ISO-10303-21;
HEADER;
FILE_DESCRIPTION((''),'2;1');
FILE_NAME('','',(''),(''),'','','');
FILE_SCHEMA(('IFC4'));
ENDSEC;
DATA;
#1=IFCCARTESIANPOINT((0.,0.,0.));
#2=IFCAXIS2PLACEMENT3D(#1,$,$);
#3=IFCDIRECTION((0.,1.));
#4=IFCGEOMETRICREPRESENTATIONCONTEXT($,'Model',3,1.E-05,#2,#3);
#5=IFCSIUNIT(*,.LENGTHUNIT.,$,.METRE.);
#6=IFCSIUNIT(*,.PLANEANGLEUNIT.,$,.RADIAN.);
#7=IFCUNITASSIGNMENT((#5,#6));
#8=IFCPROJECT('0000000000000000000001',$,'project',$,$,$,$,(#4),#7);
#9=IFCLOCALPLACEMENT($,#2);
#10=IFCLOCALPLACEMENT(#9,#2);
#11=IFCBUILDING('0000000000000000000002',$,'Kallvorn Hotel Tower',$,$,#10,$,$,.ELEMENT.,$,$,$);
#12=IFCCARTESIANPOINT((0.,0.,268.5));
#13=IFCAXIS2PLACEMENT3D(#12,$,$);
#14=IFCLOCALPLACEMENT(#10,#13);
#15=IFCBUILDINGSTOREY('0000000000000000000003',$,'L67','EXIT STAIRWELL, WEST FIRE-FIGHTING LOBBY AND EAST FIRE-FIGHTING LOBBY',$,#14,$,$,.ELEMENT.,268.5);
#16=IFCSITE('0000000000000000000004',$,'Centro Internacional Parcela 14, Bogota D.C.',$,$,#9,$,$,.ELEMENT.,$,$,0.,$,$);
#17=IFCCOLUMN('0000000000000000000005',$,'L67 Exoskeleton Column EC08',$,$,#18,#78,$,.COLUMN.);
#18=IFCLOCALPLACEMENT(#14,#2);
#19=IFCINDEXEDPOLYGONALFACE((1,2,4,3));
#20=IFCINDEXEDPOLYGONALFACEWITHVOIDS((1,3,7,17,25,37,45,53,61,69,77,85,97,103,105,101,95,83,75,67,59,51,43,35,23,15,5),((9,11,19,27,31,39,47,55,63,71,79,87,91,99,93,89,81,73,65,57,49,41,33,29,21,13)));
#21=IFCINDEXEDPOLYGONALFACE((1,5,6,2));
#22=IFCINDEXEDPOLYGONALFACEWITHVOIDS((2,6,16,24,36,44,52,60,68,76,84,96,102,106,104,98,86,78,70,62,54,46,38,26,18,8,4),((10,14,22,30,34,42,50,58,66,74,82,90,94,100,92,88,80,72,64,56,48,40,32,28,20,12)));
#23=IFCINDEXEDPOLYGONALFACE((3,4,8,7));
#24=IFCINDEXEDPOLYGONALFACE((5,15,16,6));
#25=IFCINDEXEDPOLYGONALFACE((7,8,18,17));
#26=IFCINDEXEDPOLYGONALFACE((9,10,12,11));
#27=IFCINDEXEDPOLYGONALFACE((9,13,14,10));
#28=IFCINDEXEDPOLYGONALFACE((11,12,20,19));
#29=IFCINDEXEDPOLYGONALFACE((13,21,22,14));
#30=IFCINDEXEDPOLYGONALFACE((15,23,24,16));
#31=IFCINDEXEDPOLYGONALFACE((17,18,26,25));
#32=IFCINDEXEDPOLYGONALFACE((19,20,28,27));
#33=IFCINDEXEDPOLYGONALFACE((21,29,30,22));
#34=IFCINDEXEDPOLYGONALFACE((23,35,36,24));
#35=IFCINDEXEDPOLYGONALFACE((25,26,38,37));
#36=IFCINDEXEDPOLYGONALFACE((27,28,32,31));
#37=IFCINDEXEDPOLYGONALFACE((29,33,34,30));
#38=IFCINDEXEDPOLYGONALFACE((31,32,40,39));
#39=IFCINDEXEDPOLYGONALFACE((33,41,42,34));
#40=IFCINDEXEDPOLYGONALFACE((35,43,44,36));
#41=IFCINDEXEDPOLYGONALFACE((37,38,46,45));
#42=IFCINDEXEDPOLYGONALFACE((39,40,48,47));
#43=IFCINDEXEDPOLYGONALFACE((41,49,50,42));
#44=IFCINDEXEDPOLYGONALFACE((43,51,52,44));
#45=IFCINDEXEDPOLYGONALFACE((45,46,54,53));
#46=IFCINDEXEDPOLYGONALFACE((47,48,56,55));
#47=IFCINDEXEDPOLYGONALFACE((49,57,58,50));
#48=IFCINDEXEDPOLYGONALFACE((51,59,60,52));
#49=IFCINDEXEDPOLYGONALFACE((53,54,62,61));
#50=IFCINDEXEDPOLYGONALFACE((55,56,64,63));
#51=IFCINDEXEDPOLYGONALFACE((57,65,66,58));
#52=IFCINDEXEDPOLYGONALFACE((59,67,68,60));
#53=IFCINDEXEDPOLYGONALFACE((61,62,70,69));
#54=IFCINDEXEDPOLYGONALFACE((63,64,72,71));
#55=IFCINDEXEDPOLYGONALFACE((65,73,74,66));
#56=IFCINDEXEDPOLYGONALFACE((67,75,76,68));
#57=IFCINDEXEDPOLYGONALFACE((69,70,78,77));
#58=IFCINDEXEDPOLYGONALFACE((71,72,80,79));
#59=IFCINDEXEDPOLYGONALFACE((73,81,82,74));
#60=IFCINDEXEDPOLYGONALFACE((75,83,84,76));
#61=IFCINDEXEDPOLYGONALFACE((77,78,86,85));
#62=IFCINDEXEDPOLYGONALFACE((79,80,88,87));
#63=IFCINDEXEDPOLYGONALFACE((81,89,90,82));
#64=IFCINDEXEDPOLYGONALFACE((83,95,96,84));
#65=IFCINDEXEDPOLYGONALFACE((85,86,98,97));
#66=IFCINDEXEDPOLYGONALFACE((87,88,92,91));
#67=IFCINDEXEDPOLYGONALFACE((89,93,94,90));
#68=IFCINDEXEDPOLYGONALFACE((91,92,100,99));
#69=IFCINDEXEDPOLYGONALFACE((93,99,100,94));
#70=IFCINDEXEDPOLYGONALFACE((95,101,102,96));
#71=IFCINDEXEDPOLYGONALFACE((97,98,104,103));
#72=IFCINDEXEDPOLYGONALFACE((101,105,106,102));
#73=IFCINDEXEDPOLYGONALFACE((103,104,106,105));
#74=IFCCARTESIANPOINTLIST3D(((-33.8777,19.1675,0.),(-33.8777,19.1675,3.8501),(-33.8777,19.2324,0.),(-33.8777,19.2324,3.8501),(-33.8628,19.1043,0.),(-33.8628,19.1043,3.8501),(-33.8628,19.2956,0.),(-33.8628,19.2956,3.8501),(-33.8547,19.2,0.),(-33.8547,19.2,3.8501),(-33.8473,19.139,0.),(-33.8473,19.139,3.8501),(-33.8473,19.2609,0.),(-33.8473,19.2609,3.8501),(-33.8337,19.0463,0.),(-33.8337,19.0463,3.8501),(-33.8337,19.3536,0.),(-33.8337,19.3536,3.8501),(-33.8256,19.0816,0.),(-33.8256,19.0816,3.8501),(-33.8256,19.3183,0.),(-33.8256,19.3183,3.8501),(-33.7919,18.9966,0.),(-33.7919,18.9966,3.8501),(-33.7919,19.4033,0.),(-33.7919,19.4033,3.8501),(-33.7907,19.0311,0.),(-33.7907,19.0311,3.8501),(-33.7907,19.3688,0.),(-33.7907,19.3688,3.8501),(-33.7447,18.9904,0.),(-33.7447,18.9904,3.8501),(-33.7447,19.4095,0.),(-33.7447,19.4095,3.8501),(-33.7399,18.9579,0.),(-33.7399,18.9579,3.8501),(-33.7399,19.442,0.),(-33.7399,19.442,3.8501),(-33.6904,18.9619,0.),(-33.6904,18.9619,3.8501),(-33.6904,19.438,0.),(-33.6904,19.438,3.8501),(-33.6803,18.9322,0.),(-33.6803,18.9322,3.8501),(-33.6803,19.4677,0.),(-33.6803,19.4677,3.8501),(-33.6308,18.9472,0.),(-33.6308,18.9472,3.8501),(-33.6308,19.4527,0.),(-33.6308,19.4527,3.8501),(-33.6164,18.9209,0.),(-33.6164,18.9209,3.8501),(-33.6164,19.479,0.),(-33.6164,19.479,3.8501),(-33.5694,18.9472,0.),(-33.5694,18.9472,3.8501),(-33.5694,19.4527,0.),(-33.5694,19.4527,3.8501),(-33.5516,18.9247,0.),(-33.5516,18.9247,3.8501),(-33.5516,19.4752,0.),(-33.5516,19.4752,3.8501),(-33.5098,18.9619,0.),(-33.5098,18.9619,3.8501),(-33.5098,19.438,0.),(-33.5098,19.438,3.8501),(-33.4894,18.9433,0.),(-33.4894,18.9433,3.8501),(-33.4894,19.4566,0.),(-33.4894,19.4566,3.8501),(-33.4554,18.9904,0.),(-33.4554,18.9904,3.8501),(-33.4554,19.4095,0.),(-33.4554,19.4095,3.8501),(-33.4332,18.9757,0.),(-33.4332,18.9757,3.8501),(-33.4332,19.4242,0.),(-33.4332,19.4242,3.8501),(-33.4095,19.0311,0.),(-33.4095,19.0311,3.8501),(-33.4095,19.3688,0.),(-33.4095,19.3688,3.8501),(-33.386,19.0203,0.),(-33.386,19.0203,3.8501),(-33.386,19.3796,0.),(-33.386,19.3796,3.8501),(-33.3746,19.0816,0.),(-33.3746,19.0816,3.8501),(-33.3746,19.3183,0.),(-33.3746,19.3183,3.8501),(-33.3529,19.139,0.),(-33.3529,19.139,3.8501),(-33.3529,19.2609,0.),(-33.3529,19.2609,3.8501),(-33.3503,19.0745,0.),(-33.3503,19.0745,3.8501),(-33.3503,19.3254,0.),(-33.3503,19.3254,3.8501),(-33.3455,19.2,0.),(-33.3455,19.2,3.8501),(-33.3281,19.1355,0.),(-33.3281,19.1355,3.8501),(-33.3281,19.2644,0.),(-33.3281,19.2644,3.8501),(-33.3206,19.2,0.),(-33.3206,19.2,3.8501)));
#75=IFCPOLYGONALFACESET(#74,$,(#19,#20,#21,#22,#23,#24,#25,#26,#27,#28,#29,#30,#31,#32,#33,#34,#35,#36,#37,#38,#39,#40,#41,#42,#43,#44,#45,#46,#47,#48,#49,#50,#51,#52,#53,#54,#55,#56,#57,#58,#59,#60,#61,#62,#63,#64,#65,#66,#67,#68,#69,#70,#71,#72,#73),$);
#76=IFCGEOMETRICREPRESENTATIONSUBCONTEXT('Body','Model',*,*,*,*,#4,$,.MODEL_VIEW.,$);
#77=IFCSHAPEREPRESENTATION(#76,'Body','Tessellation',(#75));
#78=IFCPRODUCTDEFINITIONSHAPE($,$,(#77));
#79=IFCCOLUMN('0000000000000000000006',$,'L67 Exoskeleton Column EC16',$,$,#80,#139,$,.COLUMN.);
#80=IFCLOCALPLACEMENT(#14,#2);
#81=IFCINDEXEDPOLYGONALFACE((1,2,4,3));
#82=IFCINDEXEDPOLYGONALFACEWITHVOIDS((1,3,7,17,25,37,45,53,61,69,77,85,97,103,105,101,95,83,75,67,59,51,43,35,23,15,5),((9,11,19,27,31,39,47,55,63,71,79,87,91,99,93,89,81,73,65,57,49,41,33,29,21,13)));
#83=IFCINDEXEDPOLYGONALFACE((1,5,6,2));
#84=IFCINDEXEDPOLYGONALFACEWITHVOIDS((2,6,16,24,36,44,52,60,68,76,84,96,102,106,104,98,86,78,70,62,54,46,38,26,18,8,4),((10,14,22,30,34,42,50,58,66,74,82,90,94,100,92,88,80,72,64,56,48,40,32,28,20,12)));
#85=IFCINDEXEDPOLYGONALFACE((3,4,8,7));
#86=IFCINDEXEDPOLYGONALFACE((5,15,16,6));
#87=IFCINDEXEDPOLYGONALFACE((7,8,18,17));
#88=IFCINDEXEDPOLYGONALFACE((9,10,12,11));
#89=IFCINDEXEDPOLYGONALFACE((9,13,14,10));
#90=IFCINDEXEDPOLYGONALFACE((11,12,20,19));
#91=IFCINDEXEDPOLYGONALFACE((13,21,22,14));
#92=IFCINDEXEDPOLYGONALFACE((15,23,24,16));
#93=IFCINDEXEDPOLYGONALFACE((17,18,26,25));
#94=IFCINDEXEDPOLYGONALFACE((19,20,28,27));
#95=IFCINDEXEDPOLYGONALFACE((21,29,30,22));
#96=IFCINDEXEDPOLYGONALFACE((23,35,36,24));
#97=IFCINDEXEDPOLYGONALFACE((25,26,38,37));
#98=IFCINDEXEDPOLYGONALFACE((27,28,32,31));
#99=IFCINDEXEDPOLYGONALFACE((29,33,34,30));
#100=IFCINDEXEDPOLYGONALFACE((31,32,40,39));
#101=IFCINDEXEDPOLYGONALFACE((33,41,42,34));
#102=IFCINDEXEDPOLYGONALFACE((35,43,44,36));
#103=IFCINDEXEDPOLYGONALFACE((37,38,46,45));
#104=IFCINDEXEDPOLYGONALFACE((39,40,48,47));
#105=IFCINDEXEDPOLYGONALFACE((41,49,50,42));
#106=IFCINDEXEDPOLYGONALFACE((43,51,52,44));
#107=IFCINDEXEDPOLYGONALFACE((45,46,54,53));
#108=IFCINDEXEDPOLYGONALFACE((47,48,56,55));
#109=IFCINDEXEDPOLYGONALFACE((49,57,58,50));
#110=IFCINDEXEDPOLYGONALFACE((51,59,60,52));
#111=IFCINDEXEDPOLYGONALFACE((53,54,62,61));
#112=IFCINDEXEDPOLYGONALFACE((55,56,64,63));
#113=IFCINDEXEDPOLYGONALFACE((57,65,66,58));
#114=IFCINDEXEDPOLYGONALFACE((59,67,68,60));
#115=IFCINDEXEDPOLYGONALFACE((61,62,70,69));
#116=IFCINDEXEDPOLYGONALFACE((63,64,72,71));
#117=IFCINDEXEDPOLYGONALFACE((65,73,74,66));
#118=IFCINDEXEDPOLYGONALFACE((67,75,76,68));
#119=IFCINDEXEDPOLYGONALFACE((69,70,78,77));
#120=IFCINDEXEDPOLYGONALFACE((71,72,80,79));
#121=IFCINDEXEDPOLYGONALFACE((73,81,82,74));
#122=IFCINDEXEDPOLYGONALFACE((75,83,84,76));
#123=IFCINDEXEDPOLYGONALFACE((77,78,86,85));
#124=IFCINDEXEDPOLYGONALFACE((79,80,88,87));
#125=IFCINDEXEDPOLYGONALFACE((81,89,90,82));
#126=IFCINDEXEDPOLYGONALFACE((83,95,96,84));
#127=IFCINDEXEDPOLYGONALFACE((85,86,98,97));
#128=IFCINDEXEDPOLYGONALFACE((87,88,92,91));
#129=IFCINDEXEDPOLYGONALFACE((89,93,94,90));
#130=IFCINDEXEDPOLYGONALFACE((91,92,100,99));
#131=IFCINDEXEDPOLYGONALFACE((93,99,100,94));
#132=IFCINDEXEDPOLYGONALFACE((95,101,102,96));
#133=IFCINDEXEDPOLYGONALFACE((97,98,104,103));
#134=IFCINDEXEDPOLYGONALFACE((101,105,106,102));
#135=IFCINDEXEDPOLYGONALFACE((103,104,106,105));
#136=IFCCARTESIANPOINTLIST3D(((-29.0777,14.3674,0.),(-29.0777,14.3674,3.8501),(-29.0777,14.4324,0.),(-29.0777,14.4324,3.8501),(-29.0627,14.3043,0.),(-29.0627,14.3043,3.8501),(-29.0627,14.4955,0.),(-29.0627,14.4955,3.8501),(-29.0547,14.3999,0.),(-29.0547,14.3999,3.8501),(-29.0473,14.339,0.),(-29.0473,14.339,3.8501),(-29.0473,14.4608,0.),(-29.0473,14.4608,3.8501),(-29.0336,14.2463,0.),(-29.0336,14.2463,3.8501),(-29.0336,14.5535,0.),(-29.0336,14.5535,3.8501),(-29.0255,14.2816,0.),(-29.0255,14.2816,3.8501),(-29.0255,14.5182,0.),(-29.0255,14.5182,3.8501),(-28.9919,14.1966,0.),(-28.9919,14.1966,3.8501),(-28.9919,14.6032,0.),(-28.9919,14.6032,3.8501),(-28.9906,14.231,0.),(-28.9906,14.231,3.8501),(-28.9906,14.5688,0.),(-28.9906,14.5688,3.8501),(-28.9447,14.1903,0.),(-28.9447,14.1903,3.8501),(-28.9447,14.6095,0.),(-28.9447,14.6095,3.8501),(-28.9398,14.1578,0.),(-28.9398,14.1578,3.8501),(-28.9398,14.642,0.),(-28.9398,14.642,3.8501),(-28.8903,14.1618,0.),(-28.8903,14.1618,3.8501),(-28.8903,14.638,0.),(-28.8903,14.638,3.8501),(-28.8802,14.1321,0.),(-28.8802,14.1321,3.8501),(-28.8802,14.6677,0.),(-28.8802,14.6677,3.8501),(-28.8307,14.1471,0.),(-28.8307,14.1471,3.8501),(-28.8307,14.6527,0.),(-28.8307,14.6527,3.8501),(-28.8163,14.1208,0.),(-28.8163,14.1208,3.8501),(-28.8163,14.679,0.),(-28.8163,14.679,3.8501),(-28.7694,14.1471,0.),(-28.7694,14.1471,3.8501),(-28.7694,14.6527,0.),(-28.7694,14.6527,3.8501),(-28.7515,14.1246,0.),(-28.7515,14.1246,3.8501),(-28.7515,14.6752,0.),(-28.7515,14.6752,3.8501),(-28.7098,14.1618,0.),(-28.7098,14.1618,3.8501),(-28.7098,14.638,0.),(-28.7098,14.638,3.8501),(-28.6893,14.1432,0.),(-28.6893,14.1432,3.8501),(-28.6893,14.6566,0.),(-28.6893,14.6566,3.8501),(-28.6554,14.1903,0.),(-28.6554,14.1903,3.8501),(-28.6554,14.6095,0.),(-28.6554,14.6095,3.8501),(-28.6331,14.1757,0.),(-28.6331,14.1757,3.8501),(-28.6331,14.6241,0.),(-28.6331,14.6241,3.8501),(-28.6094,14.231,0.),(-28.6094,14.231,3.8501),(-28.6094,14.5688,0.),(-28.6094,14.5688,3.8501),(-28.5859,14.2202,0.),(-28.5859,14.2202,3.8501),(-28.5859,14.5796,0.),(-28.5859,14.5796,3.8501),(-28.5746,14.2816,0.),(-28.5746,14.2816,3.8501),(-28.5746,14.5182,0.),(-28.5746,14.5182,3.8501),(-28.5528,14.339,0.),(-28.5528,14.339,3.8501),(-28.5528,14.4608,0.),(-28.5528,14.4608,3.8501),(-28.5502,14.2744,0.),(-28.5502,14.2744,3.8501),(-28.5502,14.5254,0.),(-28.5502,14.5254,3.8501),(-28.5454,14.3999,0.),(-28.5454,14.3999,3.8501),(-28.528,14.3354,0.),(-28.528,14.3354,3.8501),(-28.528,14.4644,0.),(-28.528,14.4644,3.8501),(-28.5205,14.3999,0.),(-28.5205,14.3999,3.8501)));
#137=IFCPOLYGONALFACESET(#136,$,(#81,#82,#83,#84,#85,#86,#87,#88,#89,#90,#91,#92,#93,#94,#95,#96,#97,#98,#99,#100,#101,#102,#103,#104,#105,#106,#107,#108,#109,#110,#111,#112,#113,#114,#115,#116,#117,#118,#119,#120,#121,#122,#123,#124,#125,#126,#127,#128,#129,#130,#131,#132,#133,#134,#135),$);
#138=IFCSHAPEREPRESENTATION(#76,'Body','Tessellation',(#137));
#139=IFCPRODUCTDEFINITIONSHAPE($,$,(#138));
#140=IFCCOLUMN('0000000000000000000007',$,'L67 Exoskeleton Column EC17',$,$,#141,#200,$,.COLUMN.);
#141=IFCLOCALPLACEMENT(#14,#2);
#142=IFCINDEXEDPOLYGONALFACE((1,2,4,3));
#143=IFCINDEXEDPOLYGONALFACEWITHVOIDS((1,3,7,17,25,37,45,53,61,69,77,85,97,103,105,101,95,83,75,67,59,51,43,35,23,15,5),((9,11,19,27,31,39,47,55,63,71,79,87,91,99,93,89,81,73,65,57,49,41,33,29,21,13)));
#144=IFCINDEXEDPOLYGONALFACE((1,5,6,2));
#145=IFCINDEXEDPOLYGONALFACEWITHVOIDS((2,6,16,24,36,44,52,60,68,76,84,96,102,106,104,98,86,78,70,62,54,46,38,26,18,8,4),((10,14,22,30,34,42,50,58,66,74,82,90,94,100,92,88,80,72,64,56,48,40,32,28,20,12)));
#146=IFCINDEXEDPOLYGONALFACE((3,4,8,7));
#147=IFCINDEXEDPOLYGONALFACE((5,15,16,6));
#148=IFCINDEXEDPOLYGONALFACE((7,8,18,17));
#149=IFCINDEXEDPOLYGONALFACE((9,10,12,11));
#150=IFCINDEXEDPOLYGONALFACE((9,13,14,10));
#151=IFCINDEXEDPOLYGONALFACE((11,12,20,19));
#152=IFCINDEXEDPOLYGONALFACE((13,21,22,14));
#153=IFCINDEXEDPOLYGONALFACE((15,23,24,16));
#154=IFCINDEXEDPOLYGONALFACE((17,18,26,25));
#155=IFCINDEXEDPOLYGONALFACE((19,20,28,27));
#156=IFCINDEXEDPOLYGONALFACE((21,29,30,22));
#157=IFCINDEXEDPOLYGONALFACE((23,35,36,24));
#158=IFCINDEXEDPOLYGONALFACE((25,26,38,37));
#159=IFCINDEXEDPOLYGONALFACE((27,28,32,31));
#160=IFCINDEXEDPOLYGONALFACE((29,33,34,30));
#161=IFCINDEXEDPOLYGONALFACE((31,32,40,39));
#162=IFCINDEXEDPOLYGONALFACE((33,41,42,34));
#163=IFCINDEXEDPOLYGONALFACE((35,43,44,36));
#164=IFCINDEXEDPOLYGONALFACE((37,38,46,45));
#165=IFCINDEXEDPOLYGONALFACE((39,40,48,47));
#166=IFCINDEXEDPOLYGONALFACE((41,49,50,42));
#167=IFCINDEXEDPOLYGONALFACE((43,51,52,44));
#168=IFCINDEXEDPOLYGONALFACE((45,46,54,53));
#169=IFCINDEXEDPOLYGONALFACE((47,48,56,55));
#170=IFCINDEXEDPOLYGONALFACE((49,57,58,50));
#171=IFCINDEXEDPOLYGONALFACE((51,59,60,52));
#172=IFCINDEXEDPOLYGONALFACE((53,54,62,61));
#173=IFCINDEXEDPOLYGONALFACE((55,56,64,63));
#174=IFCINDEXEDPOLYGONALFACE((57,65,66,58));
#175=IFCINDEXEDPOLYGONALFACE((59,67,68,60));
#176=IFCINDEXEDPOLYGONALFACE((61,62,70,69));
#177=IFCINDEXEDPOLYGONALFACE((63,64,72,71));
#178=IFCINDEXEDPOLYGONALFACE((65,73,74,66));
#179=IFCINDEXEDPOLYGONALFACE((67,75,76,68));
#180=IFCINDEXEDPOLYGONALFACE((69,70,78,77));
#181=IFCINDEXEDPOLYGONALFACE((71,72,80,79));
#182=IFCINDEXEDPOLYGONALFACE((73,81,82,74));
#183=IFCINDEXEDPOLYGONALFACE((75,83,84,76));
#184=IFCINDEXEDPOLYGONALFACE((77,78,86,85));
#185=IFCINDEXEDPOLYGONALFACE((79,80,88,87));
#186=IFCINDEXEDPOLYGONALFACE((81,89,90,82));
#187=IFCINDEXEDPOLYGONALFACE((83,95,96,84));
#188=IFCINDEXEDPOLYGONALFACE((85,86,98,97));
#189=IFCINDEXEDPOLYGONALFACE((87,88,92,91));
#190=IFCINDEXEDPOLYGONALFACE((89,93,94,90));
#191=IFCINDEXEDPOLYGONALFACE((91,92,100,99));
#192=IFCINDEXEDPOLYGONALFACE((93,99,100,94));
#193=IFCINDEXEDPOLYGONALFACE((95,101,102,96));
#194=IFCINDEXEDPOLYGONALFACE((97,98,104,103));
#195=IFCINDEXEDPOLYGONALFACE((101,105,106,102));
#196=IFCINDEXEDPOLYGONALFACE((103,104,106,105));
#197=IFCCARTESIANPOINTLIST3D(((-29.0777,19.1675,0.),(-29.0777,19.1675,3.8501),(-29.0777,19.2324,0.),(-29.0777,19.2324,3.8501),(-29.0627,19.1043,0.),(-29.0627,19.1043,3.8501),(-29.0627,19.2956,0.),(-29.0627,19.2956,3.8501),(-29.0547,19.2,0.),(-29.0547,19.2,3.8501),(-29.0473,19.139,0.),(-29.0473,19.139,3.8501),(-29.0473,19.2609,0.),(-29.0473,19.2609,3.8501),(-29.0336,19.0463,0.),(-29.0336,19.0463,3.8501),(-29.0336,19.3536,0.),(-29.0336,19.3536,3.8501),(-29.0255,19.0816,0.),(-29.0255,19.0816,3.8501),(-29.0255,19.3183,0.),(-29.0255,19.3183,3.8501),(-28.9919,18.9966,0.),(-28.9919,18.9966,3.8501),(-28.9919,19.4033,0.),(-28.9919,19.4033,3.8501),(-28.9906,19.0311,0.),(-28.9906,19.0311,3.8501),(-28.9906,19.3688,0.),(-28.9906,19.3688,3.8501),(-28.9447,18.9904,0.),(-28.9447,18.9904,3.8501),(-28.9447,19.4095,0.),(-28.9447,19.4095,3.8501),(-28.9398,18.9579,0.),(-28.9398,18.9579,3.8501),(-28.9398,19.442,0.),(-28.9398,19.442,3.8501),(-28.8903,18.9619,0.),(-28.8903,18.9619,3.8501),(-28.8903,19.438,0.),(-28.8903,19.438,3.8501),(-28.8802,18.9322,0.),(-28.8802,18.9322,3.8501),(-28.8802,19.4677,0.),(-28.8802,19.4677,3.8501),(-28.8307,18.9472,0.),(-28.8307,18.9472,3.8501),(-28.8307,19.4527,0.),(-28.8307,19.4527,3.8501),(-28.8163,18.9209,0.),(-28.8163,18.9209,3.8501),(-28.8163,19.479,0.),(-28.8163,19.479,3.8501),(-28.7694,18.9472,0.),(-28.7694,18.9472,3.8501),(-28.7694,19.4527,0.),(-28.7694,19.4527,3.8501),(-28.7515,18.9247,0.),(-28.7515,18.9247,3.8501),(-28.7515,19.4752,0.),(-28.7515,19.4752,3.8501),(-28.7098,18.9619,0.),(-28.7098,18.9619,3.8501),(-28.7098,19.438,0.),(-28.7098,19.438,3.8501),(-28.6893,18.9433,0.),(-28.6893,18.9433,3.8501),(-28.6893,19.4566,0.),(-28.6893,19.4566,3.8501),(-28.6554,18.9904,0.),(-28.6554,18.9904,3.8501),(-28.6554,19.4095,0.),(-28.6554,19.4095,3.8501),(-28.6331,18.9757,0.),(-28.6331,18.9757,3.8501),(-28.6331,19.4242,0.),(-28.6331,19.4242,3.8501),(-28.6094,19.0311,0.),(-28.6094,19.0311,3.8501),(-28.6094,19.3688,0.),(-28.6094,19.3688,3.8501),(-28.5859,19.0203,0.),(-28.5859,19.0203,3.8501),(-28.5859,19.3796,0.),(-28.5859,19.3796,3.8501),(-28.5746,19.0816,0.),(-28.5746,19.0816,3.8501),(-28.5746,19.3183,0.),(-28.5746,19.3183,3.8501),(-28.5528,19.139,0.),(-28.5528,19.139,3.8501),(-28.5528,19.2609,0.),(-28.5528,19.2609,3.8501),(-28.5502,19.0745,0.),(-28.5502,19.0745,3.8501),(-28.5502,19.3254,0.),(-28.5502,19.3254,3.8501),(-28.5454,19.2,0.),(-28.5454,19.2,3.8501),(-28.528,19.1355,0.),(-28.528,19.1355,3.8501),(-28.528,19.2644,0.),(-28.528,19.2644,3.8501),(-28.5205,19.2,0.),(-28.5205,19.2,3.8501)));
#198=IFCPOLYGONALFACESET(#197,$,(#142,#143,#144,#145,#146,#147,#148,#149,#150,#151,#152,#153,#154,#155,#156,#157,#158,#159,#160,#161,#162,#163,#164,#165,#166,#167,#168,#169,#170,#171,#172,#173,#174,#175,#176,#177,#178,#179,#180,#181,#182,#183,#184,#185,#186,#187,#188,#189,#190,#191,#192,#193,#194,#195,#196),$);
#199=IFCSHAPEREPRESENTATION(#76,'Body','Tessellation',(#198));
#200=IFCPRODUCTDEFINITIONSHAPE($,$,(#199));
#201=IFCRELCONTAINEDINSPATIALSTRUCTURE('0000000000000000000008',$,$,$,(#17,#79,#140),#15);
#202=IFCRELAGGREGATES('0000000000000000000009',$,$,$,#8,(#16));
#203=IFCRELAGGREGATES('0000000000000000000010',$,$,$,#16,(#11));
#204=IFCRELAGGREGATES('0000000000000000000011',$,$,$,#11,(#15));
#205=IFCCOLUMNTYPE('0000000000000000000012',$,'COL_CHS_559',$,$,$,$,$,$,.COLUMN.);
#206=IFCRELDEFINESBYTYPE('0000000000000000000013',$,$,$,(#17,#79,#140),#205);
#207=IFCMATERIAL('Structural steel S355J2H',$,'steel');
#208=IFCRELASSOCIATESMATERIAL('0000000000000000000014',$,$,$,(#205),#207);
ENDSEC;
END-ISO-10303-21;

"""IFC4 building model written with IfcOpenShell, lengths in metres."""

from ifc_helpers import new_model, si_unit, direction, frame, origin, origin_2d, place, context, subcontext, project, spatial, hollow_circle, extrude, material, material_profile, profile_set, type_object, element, save


model = new_model("IFC4")

# Units and contexts
model_context = context("Model", 3, precision=1e-05, world=origin(), true_north=direction((0.0, 1.0)))
body_context = subcontext(model_context, "Body", "Model", "MODEL_VIEW")
ifc_project = project(units=[si_unit("LENGTHUNIT", "METRE"), si_unit("PLANEANGLEUNIT", "RADIAN")], contexts=[model_context])

# Site, building, storey
site_placement = place(None, origin())
site = spatial("IfcSite", under=ifc_project, at=site_placement, Name="Centro Internacional Parcela 14, Bogota D.C.", CompositionType="ELEMENT", RefElevation=0.0)
building_placement = place(site_placement, origin())
building = spatial("IfcBuilding", under=site, at=building_placement, Name="Kallvorn Hotel Tower", CompositionType="ELEMENT")
storey_placement = place(building_placement, frame((0.0, 0.0, 268.5)))
storey = spatial("IfcBuildingStorey", under=building, at=storey_placement, Name="L67", Description="EXIT STAIRWELL, WEST FIRE-FIGHTING LOBBY AND EAST FIRE-FIGHTING LOBBY", CompositionType="ELEMENT", Elevation=268.5)

# Columns
ifc_material_1 = material(Name="Structural steel S355J2H", Category="steel")
ifc_material_profile_1 = material_profile(ifc_material_1, hollow_circle(Radius=0.2795, WallThickness=0.0249, at=origin_2d()), Name="CHS 559x25")
ifc_profile_set_1 = profile_set([ifc_material_profile_1], Name="Structural steel S355J2H")
column_type_1 = type_object("IfcColumnType", Name="COL_CHS_559", PredefinedType="COLUMN", material=ifc_profile_set_1)
for number, where, z_axis, x_axis, name in (
    (1, (-33.6001, 19.2, 0.0), (0.0, 0.0, 1.0), (1.0, 0.0, 0.0), "L67 Exoskeleton Column EC08"),
    (2, (-28.8, 14.3999, 0.0), (0.0, 0.0, 1.0), (1.0, 0.0, 0.0), "L67 Exoskeleton Column EC16"),
    (3, (-28.8, 19.2, 0.0), (0.0, 0.0, 1.0), (1.0, 0.0, 0.0), "L67 Exoskeleton Column EC17"),
):
    element("IfcColumn", number, at=place(storey_placement, frame(where, z_axis=z_axis, x_axis=x_axis)), inside=storey, type_object=column_type_1, Name=name, PredefinedType="COLUMN", context=body_context, shape_type="SweptSolid", body=[
        extrude(hollow_circle(Radius=0.2795, WallThickness=0.0249, at=origin_2d()), origin(), (0.0, 0.0, 1.0), 3.8501),
    ])

save(model, "model.ifc")
